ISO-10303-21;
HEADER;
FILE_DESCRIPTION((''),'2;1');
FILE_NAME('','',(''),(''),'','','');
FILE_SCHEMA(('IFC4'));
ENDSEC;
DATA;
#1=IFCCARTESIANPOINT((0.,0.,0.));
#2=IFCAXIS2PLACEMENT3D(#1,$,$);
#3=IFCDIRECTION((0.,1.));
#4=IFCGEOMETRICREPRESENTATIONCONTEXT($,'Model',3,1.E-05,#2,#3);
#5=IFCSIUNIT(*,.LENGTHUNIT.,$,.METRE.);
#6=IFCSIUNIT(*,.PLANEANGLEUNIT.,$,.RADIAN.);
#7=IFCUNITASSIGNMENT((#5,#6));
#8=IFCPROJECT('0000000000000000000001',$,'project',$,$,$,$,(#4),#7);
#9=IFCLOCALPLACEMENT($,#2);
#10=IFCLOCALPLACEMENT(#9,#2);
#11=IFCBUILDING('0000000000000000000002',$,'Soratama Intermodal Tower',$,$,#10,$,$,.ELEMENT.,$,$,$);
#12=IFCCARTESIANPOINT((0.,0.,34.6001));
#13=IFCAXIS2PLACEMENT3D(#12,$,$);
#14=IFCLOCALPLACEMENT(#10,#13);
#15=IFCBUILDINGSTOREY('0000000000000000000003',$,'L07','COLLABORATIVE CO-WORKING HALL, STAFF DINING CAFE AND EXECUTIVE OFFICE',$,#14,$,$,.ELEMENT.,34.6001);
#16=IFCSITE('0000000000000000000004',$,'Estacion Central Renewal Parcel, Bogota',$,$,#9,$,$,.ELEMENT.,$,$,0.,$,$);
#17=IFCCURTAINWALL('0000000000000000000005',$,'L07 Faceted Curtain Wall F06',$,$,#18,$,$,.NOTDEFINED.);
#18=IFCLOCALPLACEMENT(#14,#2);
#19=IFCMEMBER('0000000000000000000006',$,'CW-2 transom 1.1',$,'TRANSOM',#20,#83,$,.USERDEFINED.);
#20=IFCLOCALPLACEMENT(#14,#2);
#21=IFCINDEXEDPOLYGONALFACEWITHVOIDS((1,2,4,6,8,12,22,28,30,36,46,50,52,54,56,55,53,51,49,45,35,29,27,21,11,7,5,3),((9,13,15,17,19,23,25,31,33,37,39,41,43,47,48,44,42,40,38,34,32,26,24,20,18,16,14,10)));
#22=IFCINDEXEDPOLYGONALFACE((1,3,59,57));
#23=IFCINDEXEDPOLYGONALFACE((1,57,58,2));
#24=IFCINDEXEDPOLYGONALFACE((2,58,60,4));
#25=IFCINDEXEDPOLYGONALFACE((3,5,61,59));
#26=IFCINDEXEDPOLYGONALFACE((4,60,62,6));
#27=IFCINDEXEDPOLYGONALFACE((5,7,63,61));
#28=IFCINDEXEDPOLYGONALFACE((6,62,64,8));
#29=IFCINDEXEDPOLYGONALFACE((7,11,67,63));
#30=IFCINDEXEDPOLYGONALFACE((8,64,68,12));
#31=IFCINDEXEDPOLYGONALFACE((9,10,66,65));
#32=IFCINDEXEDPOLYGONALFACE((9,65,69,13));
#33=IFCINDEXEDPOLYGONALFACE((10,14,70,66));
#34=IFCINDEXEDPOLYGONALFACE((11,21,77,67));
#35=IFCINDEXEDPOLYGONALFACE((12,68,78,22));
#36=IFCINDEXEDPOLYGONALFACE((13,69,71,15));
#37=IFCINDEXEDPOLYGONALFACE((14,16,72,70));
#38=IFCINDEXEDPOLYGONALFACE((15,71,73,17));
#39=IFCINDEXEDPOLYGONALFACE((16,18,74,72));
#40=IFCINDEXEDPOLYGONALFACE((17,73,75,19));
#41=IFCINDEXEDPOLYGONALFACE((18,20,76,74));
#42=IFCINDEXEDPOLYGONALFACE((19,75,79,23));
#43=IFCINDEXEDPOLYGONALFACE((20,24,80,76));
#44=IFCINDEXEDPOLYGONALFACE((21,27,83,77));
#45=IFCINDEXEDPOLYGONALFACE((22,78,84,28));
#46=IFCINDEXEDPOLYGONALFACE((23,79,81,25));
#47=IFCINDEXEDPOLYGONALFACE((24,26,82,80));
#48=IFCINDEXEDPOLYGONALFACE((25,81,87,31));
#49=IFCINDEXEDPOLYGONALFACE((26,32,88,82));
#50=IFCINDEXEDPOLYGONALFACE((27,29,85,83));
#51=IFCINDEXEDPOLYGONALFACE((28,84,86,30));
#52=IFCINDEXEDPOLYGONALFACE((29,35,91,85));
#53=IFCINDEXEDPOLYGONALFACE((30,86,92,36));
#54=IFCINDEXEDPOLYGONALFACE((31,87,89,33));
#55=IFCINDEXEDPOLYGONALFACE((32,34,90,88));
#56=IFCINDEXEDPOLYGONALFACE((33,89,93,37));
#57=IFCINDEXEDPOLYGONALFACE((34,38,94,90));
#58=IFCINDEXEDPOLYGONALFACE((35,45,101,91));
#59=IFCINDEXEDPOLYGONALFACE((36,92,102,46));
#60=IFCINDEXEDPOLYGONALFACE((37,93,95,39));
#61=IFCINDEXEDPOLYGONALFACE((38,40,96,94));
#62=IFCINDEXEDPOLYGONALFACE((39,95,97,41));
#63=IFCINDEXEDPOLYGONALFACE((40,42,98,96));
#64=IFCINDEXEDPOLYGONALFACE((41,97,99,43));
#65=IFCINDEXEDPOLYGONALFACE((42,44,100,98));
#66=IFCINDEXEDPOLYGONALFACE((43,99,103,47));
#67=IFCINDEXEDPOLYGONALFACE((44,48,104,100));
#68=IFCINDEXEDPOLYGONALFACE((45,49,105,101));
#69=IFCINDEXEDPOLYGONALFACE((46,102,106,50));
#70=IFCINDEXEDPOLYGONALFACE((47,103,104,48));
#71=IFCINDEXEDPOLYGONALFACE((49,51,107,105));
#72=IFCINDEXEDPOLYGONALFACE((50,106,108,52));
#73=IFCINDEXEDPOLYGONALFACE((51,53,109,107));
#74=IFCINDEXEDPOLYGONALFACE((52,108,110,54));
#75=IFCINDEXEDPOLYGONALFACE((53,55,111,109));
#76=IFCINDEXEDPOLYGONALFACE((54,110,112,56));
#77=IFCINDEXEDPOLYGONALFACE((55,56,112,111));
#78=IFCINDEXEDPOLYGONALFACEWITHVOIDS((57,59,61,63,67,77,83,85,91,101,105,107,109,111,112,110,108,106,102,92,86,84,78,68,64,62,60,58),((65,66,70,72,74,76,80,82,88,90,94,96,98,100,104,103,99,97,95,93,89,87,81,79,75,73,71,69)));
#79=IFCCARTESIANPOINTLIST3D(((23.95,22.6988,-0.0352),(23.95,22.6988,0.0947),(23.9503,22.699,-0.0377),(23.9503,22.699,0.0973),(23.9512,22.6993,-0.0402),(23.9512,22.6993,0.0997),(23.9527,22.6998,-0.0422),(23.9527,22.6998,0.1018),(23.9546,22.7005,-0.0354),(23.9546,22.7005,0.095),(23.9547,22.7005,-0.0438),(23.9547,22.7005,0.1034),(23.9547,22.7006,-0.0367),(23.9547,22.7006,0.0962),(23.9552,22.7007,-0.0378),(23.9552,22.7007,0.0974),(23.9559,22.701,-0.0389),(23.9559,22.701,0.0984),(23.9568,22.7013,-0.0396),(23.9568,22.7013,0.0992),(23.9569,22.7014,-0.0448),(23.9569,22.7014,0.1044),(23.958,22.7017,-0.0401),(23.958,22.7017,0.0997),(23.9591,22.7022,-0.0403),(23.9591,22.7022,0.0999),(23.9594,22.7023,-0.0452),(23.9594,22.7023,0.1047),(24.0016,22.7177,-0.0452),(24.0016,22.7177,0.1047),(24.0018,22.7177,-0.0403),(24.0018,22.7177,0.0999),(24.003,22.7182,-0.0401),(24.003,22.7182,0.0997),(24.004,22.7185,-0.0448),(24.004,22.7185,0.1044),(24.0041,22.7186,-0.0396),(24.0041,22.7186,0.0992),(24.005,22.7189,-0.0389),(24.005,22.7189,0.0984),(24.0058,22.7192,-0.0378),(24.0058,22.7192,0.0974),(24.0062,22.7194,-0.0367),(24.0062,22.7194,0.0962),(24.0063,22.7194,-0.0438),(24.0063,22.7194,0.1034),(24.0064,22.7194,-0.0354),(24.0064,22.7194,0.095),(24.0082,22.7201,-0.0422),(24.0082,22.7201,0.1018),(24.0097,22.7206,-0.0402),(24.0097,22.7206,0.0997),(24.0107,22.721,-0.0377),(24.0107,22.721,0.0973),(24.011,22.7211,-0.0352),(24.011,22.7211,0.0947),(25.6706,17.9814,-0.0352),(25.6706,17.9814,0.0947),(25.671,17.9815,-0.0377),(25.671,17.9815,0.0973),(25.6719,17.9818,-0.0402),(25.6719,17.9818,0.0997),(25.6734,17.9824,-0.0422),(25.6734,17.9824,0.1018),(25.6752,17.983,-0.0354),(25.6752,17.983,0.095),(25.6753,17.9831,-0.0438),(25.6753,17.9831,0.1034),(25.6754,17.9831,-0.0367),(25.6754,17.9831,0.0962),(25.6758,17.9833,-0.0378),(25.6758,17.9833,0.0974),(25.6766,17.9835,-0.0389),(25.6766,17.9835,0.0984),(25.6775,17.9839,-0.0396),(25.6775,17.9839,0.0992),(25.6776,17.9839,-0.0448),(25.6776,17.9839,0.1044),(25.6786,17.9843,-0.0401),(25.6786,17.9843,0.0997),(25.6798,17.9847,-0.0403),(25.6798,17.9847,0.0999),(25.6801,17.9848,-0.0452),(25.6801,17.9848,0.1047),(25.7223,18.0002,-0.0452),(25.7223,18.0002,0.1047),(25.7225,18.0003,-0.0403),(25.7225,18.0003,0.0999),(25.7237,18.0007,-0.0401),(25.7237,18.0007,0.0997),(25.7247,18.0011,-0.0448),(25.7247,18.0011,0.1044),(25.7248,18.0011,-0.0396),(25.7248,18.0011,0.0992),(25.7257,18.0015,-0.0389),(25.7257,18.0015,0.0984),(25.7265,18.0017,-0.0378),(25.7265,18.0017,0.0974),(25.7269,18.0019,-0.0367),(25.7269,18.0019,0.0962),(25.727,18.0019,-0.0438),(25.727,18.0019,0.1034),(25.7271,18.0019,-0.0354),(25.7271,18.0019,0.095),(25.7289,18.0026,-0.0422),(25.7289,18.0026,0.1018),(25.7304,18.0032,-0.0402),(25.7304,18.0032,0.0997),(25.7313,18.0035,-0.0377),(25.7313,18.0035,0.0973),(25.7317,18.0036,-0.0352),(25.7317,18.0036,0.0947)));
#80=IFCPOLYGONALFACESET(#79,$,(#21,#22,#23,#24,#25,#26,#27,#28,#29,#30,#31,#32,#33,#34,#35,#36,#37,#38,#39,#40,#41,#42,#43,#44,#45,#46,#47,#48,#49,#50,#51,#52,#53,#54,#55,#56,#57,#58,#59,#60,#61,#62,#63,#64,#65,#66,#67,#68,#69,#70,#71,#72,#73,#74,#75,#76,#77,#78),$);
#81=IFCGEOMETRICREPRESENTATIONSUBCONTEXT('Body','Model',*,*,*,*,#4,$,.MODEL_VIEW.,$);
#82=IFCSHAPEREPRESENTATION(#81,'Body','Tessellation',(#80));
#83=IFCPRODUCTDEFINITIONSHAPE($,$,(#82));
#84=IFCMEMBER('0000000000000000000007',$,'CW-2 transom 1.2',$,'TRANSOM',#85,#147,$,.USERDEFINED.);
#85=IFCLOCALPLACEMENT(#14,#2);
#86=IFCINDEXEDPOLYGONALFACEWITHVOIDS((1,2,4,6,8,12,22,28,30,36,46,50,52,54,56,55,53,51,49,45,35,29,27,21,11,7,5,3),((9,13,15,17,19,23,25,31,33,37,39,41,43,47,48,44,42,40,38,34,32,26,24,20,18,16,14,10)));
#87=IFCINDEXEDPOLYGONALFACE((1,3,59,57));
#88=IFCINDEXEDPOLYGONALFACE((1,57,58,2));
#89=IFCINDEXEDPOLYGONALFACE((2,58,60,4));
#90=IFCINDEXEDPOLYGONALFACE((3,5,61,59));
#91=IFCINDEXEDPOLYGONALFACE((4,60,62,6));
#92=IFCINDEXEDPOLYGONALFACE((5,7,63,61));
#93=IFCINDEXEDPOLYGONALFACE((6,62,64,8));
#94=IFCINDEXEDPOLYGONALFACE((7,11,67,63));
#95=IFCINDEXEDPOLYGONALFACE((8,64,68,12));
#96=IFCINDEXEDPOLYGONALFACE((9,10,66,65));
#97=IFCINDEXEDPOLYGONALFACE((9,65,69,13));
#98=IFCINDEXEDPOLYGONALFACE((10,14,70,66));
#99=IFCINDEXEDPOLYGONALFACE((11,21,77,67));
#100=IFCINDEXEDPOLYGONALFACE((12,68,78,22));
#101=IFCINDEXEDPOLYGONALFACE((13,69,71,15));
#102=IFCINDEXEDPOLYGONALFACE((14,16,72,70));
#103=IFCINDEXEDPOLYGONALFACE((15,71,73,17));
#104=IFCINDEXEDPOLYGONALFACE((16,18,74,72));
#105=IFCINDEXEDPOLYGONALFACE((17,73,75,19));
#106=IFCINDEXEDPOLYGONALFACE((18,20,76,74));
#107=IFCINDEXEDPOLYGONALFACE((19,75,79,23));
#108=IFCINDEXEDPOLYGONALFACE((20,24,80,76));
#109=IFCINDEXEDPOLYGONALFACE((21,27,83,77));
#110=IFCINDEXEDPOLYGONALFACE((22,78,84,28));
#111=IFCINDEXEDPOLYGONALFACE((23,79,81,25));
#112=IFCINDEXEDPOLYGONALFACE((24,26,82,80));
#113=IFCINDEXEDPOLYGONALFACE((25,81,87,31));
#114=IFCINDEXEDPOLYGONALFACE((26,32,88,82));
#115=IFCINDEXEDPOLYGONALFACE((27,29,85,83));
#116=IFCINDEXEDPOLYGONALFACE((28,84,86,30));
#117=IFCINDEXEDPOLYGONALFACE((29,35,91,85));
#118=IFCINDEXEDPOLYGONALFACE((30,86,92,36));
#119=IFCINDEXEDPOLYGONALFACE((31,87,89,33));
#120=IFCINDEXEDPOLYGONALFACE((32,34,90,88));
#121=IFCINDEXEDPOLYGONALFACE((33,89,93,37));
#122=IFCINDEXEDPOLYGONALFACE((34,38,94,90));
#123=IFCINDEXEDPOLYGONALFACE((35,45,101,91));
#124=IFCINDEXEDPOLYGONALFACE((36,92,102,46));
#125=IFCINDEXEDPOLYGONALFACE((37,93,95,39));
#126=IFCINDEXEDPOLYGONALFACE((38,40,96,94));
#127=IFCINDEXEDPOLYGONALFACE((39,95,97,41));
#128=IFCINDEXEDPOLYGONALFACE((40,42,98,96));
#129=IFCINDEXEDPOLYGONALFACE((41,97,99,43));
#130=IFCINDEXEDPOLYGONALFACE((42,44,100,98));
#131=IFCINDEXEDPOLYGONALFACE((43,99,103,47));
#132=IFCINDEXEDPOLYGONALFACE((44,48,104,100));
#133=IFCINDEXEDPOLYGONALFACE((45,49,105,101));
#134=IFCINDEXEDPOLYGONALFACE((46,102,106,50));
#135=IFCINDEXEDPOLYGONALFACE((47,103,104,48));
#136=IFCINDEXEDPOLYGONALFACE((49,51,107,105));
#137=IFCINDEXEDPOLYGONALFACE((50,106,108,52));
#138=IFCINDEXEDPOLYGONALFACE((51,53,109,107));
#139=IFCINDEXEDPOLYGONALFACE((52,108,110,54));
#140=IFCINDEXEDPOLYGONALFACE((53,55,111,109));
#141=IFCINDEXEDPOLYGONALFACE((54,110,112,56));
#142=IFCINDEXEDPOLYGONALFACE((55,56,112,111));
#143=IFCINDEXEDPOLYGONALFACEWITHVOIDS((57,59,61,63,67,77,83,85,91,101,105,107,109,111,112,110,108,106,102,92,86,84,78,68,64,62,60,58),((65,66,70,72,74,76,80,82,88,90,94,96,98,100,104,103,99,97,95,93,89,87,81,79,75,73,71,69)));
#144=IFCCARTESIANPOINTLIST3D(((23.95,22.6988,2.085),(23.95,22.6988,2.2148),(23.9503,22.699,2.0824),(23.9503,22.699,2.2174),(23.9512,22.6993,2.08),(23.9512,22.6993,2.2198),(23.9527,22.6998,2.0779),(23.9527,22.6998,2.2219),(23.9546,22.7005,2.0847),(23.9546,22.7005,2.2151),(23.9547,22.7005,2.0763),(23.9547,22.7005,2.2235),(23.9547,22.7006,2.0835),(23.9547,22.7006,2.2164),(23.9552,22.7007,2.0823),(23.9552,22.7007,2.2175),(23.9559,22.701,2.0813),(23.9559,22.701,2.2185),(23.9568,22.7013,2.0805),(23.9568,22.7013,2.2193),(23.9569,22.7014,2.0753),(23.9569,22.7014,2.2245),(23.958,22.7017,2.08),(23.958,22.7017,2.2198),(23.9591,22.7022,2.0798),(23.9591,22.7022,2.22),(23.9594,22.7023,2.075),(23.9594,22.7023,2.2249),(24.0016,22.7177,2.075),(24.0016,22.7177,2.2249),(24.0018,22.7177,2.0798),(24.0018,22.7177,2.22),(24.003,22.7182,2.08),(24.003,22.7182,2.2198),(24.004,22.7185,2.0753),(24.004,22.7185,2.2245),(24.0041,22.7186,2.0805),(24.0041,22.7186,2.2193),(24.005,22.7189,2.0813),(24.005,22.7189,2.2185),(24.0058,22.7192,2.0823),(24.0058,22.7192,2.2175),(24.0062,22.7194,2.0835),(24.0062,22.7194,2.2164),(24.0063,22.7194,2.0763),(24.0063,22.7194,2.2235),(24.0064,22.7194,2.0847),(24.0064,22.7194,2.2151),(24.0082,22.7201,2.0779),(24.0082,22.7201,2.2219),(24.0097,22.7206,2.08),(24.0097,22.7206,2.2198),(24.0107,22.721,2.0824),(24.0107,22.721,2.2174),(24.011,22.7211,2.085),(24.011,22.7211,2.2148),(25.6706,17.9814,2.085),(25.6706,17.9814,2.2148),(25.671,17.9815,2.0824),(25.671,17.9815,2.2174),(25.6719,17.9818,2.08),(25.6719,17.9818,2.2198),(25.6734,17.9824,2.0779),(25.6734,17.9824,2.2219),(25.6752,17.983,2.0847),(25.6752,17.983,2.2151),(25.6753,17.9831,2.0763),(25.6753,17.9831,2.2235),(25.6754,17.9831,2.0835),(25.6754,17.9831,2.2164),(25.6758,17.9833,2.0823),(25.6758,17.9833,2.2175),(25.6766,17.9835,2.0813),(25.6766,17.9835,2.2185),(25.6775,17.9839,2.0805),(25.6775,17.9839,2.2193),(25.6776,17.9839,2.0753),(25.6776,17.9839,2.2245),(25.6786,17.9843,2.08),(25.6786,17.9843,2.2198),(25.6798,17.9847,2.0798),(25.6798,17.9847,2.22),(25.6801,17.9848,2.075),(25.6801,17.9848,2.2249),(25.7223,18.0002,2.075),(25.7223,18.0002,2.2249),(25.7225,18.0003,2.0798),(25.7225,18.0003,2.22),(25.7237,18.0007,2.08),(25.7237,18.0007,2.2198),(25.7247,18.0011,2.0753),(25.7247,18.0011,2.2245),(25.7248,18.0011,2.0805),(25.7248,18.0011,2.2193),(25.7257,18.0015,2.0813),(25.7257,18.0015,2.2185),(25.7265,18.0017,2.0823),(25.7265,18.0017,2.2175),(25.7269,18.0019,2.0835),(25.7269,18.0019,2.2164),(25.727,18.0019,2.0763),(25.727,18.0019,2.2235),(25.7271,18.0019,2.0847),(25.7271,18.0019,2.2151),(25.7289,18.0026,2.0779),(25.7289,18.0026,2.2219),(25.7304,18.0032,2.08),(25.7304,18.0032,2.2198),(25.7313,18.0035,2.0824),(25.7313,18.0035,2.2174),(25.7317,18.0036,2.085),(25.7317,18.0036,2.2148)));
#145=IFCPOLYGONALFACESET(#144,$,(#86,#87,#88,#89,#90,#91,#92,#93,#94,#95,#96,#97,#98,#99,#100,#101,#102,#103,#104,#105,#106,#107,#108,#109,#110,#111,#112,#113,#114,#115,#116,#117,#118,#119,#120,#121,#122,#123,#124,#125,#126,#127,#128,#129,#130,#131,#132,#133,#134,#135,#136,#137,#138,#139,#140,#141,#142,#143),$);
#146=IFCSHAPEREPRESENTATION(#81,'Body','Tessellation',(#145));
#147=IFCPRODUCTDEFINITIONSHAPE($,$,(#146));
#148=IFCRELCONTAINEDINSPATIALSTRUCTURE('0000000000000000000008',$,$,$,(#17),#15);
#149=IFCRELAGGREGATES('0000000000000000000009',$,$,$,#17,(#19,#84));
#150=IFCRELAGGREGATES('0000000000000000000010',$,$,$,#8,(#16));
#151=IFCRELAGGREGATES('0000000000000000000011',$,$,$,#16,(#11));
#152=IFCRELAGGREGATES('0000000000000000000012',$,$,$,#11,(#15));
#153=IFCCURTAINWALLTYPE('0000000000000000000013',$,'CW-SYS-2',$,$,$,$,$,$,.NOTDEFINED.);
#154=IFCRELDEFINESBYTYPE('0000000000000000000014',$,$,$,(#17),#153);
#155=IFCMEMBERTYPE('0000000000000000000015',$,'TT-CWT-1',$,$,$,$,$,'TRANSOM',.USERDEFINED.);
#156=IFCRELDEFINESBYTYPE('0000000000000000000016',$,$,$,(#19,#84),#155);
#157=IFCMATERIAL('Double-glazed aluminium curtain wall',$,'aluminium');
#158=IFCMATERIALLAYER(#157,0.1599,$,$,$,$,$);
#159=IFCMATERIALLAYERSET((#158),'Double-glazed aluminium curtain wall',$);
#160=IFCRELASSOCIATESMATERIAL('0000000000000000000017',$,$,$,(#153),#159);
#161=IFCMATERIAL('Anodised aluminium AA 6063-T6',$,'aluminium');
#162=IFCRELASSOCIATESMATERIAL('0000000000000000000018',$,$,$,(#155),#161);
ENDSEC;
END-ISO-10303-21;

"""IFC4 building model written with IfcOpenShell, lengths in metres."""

from ifc_helpers import new_model, si_unit, direction, frame, origin, origin_2d, place, context, subcontext, project, spatial, hollow_rectangle, extrude, material, layer, layer_set, material_profile, profile_set, type_object, element, aggregate, save


model = new_model("IFC4")

# Units and contexts
model_context = context("Model", 3, precision=1e-05, world=origin(), true_north=direction((0.0, 1.0)))
body_context = subcontext(model_context, "Body", "Model", "MODEL_VIEW")
ifc_project = project(units=[si_unit("LENGTHUNIT", "METRE"), si_unit("PLANEANGLEUNIT", "RADIAN")], contexts=[model_context])

# Site, building, storey
site_placement = place(None, origin())
site = spatial("IfcSite", under=ifc_project, at=site_placement, Name="Estacion Central Renewal Parcel, Bogota", CompositionType="ELEMENT", RefElevation=0.0)
building_placement = place(site_placement, origin())
building = spatial("IfcBuilding", under=site, at=building_placement, Name="Soratama Intermodal Tower", CompositionType="ELEMENT")
storey_placement = place(building_placement, frame((0.0, 0.0, 34.6001)))
storey = spatial("IfcBuildingStorey", under=building, at=storey_placement, Name="L07", Description="COLLABORATIVE CO-WORKING HALL, STAFF DINING CAFE AND EXECUTIVE OFFICE", CompositionType="ELEMENT", Elevation=34.6001)

# Curtain wall, members
ifc_material_1 = material(Name="Double-glazed aluminium curtain wall", Category="aluminium")
ifc_layer_1 = layer(ifc_material_1, 0.1599)
ifc_layer_set_1 = layer_set([ifc_layer_1], Name="Double-glazed aluminium curtain wall")
curtain_wall_type = type_object("IfcCurtainWallType", Name="CW-SYS-2", PredefinedType="NOTDEFINED", material=ifc_layer_set_1)
curtain_wall_placement = place(storey_placement, origin())
curtain_wall = element("IfcCurtainWall", 1, at=curtain_wall_placement, inside=storey, type_object=curtain_wall_type, Name="L07 Faceted Curtain Wall F06", PredefinedType="NOTDEFINED")
ifc_material_2 = material(Name="Anodised aluminium AA 6063-T6", Category="aluminium")
ifc_material_profile_1 = material_profile(ifc_material_2, hollow_rectangle(XDim=0.0649, YDim=0.1499, WallThickness=0.0049, InnerFilletRadius=0.0049, OuterFilletRadius=0.01, at=origin_2d()), Name="CWT150X65X5")
ifc_profile_set_1 = profile_set([ifc_material_profile_1], Name="Anodised aluminium AA 6063-T6")
member_type_1 = type_object("IfcMemberType", Name="TT-CWT-1", ElementType="TRANSOM", PredefinedType="USERDEFINED", material=ifc_profile_set_1)
member_1_placement = place(storey_placement, frame((23.9805, 22.71, 0.0298), z_axis=(0.342664, -0.939458, 0.0), x_axis=(0.939458, 0.342664, 0.0)))
member_1 = element("IfcMember", 2, at=member_1_placement, type_object=member_type_1, Name="CW-2 transom 1.1", ObjectType="TRANSOM", PredefinedType="USERDEFINED", context=body_context, shape_type="SweptSolid", body=[
    extrude(hollow_rectangle(XDim=0.0649, YDim=0.1499, WallThickness=0.0049, InnerFilletRadius=0.0049, OuterFilletRadius=0.01, at=origin_2d()), origin(), (0.0, 0.0, 1.0), 5.0215),
])
member_2_placement = place(storey_placement, frame((23.9805, 22.71, 2.1499), z_axis=(0.342664, -0.939458, 0.0), x_axis=(0.939458, 0.342664, 0.0)))
member_2 = element("IfcMember", 3, at=member_2_placement, type_object=member_type_1, Name="CW-2 transom 1.2", ObjectType="TRANSOM", PredefinedType="USERDEFINED", context=body_context, shape_type="SweptSolid", body=[
    extrude(hollow_rectangle(XDim=0.0649, YDim=0.1499, WallThickness=0.0049, InnerFilletRadius=0.0049, OuterFilletRadius=0.01, at=origin_2d()), origin(), (0.0, 0.0, 1.0), 5.0215),
])
aggregate(curtain_wall, [member_1, member_2])

save(model, "model.ifc")
